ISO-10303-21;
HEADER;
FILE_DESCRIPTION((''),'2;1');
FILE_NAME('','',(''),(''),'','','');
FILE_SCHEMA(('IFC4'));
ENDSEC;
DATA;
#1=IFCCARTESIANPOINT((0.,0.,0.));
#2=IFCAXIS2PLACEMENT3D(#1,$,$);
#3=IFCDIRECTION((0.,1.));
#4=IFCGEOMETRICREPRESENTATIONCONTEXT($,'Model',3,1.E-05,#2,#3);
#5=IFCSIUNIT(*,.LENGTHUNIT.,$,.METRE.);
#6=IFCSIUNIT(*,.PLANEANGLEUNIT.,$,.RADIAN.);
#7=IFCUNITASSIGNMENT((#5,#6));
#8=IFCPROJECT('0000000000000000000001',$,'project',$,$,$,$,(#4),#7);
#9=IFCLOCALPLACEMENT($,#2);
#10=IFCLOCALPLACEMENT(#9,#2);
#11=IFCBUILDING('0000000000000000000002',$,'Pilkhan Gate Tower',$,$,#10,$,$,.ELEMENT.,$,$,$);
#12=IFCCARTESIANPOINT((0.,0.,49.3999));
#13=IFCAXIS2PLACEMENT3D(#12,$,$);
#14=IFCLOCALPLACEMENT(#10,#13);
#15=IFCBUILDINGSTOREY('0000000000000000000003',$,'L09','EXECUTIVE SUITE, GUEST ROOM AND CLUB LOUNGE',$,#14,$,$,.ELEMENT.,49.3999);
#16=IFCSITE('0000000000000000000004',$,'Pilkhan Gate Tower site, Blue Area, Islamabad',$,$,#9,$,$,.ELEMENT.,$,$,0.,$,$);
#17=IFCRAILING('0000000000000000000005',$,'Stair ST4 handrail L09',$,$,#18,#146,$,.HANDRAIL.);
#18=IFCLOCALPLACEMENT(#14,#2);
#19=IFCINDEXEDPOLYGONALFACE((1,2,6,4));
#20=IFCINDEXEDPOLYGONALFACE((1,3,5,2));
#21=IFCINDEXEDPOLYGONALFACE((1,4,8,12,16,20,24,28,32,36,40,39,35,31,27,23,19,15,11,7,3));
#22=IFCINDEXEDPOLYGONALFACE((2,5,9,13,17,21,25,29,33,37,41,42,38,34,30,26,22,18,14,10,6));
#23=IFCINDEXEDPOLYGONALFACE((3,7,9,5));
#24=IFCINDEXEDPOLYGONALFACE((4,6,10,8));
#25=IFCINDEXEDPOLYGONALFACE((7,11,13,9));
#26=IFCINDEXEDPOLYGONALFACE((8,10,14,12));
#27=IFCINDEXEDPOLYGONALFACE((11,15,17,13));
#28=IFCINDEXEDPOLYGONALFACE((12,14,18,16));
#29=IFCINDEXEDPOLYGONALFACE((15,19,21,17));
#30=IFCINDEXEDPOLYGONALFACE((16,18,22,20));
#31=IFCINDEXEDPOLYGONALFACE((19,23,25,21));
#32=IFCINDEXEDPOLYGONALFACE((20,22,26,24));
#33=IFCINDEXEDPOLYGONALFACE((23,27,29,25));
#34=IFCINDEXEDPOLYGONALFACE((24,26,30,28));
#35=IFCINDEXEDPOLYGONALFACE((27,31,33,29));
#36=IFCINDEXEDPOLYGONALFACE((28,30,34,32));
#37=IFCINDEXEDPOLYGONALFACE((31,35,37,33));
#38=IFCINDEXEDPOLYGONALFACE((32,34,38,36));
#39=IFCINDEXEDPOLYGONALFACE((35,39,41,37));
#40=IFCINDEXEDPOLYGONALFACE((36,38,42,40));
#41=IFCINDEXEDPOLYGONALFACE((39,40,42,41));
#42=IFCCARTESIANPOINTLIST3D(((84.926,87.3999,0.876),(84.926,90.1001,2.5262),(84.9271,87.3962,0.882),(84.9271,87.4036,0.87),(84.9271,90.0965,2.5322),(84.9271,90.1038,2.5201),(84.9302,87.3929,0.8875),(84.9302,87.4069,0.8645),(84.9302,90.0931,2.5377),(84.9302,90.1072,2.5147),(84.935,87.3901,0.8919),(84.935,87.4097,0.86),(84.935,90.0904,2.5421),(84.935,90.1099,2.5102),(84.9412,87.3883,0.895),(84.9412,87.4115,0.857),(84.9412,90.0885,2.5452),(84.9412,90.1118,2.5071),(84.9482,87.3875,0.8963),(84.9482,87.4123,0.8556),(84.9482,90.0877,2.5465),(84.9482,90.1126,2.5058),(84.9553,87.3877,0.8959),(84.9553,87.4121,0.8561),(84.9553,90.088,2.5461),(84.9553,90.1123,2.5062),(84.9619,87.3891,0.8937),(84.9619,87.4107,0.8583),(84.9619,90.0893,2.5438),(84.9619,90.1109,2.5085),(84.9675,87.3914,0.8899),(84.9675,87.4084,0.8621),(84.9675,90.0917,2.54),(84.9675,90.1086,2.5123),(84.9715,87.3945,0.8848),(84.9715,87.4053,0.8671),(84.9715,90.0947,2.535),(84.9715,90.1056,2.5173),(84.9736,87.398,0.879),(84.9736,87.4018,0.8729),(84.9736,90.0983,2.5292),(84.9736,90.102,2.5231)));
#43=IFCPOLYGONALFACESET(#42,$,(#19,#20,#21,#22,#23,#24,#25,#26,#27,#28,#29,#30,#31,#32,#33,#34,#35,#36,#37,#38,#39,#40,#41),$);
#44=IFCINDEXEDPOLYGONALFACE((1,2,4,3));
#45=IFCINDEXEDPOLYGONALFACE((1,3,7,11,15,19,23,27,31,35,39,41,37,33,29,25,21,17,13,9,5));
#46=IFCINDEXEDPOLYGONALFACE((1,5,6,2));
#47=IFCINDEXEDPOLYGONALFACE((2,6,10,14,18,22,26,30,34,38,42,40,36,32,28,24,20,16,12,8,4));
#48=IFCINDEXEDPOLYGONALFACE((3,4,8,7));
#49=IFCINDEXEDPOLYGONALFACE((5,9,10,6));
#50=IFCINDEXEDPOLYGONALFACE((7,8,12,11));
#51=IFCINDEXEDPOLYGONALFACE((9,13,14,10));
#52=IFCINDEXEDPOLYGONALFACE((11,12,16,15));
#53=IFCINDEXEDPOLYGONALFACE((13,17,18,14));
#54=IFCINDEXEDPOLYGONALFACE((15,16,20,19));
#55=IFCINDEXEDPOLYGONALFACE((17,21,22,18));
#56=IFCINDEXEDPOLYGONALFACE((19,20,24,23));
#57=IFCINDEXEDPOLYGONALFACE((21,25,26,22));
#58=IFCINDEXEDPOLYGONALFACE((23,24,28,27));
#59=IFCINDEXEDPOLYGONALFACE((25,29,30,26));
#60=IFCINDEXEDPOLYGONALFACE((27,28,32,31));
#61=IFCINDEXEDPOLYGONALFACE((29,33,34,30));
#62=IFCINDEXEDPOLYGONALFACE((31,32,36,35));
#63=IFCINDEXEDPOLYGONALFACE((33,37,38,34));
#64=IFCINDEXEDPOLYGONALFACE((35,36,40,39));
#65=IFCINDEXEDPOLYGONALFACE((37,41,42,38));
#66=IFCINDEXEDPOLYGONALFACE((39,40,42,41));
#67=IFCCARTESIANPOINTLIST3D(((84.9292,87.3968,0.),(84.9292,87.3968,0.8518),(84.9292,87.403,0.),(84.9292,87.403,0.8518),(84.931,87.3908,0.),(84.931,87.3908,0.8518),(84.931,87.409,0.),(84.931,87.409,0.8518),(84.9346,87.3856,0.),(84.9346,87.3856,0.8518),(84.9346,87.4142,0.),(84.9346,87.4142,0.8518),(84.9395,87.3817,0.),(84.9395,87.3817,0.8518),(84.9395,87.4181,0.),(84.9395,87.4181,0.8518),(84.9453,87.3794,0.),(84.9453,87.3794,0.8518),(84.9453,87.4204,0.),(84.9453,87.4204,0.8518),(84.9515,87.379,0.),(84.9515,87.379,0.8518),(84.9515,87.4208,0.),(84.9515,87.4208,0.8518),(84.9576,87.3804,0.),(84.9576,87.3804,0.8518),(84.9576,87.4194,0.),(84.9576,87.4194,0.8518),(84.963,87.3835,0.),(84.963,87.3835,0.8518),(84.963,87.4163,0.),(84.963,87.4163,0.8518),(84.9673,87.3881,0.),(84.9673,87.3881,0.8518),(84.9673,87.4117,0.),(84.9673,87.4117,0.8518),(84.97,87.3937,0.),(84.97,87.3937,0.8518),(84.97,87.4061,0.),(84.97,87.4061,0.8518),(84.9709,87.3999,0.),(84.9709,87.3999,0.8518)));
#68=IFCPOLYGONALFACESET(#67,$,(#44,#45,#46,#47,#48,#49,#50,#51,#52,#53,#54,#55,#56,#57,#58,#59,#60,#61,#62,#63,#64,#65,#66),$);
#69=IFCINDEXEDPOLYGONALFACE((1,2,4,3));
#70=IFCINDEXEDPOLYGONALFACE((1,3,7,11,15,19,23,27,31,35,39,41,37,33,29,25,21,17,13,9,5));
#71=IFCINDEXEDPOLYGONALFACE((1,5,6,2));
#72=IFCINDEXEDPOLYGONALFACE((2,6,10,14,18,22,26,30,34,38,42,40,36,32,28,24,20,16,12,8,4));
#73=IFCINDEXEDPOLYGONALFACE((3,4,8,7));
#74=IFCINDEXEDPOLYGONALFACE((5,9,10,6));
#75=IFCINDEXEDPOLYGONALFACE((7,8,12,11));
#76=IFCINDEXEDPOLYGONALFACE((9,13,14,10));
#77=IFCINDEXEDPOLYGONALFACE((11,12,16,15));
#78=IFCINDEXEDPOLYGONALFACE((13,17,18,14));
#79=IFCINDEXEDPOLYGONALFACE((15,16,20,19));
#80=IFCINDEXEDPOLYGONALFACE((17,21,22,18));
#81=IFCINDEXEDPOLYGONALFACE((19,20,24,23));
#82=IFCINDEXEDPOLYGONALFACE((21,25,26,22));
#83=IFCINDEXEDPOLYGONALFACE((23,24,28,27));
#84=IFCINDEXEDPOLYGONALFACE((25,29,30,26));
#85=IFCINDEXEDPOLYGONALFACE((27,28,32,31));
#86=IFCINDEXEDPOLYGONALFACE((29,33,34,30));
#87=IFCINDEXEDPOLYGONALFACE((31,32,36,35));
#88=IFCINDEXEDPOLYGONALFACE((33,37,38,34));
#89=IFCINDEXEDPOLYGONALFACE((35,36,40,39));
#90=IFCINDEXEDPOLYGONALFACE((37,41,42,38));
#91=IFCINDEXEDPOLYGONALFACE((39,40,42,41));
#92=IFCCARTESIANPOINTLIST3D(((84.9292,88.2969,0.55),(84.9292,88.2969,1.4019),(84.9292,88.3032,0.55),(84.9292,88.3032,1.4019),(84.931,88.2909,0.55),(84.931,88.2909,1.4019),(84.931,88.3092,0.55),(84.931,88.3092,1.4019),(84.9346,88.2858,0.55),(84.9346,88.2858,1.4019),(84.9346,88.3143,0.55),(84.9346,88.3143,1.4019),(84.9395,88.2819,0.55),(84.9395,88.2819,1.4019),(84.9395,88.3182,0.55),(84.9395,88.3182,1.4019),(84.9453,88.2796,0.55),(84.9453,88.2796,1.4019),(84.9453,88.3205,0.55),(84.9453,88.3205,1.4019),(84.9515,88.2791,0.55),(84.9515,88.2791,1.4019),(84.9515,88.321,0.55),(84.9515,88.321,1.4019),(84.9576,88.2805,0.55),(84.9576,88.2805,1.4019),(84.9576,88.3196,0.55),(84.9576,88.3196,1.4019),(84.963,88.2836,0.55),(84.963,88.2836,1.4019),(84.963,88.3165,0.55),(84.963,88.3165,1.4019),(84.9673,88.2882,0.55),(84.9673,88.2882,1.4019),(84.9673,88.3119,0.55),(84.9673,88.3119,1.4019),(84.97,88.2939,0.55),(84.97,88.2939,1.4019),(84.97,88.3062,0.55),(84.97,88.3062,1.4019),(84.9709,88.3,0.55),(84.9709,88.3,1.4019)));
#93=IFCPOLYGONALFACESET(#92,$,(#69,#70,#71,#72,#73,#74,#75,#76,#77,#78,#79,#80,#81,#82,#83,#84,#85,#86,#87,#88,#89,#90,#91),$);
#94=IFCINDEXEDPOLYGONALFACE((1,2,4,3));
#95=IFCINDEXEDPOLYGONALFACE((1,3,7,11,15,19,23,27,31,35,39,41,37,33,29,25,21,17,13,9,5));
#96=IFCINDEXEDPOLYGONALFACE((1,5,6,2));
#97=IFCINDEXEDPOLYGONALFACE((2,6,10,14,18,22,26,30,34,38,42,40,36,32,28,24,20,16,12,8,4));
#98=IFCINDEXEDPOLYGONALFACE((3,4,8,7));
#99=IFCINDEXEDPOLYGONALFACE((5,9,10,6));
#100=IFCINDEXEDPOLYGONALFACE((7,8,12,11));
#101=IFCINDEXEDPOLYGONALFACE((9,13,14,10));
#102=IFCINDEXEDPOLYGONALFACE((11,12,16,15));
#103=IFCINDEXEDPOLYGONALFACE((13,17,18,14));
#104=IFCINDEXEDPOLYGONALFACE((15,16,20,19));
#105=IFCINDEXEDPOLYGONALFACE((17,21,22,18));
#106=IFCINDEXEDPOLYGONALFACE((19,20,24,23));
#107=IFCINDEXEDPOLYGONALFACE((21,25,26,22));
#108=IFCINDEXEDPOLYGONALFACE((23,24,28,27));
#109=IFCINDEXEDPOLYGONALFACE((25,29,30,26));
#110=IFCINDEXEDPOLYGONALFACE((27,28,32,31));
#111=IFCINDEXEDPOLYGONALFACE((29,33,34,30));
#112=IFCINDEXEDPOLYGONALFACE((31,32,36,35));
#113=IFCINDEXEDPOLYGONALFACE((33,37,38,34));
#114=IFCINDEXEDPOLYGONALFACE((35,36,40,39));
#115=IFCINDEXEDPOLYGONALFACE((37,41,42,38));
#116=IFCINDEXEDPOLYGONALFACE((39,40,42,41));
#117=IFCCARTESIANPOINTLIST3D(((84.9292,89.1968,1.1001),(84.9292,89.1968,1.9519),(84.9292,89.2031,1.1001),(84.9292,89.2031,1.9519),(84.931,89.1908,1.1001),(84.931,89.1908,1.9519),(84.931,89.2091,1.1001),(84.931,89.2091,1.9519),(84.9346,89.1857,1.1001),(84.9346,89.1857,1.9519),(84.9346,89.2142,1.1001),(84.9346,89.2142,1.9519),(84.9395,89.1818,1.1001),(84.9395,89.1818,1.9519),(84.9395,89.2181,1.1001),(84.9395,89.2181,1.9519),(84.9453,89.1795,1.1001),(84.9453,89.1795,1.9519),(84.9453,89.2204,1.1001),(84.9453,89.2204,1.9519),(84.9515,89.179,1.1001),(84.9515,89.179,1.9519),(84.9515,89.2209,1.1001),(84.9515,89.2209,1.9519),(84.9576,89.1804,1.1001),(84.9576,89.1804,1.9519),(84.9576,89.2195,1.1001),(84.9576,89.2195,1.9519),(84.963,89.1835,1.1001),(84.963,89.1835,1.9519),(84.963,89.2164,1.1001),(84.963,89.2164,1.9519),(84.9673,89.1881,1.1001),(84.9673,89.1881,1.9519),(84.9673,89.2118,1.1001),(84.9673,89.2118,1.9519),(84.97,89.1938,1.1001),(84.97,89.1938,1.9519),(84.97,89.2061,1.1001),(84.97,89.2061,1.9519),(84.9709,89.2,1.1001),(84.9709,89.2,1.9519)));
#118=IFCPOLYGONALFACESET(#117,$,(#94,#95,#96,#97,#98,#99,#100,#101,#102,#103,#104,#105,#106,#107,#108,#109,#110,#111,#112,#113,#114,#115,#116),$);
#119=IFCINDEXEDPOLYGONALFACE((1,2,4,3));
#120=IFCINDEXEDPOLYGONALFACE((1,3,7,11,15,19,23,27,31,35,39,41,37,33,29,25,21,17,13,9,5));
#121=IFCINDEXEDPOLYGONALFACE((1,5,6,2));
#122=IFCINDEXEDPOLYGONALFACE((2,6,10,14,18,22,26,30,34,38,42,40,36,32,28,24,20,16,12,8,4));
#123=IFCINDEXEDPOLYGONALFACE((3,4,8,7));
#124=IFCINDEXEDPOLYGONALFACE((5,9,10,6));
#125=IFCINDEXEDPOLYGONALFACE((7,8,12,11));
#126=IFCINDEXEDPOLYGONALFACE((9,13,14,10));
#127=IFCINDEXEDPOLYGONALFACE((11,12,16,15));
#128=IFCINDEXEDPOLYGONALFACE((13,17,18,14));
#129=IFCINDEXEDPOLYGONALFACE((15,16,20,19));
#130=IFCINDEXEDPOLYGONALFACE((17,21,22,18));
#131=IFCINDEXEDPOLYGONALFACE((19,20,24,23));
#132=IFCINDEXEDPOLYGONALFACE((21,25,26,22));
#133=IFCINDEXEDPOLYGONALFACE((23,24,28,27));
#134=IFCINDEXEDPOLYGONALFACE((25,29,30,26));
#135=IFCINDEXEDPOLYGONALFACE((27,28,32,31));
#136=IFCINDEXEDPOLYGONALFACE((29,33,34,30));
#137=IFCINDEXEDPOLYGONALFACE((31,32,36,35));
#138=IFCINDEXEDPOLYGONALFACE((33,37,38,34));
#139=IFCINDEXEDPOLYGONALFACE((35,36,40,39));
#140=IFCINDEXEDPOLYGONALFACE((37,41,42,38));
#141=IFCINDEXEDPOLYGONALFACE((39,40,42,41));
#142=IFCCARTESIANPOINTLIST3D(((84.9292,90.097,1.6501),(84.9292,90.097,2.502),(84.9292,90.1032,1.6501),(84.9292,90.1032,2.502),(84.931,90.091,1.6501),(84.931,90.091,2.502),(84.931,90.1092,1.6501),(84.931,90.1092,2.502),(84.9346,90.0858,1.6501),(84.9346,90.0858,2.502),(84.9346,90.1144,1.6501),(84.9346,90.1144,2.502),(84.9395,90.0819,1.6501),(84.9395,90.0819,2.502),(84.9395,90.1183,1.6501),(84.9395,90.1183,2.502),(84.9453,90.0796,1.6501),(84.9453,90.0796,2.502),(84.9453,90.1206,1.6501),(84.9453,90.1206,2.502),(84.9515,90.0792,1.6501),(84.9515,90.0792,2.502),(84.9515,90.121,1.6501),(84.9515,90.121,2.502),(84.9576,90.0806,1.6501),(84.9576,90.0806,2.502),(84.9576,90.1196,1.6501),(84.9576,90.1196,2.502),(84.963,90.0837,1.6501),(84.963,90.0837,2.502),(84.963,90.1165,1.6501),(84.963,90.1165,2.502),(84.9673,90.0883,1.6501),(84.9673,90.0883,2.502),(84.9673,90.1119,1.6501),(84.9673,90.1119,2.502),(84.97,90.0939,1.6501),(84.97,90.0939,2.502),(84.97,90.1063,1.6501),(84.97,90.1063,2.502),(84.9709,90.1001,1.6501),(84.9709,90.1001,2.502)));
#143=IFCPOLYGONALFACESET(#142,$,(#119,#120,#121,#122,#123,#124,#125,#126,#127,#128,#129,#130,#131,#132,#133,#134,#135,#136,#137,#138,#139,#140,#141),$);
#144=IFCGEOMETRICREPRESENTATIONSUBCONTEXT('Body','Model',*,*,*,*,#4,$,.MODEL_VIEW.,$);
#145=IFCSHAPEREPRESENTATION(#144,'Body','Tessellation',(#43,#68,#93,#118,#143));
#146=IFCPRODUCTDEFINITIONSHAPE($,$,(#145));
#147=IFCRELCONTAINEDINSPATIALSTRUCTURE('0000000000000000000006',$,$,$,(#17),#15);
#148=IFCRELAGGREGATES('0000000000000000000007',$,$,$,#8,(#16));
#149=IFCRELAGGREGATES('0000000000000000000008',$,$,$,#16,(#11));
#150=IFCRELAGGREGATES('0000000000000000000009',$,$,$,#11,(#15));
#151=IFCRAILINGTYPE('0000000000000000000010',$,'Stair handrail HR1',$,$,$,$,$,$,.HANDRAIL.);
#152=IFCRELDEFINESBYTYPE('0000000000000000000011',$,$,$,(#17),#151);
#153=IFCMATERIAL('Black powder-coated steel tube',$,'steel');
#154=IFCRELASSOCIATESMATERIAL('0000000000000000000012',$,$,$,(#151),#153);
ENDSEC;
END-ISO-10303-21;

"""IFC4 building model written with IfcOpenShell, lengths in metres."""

from ifc_helpers import new_model, si_unit, direction, frame, origin, origin_2d, place, context, subcontext, project, spatial, circle, extrude, material, type_object, element, save


model = new_model("IFC4")

# Units and contexts
model_context = context("Model", 3, precision=1e-05, world=origin(), true_north=direction((0.0, 1.0)))
body_context = subcontext(model_context, "Body", "Model", "MODEL_VIEW")
ifc_project = project(units=[si_unit("LENGTHUNIT", "METRE"), si_unit("PLANEANGLEUNIT", "RADIAN")], contexts=[model_context])

# Site, building, storey
site_placement = place(None, origin())
site = spatial("IfcSite", under=ifc_project, at=site_placement, Name="Pilkhan Gate Tower site, Blue Area, Islamabad", CompositionType="ELEMENT", RefElevation=0.0)
building_placement = place(site_placement, origin())
building = spatial("IfcBuilding", under=site, at=building_placement, Name="Pilkhan Gate Tower", CompositionType="ELEMENT")
storey_placement = place(building_placement, frame((0.0, 0.0, 49.3999)))
storey = spatial("IfcBuildingStorey", under=building, at=storey_placement, Name="L09", Description="EXECUTIVE SUITE, GUEST ROOM AND CLUB LOUNGE", CompositionType="ELEMENT", Elevation=49.3999)

# Railing
ifc_material_1 = material(Name="Black powder-coated steel tube", Category="steel")
railing_type_1 = type_object("IfcRailingType", Name="Stair handrail HR1", PredefinedType="HANDRAIL", material=ifc_material_1)
railing_1_placement = place(storey_placement, frame((84.95, 87.3999, 0.0)))
element("IfcRailing", 1, at=railing_1_placement, inside=storey, type_object=railing_type_1, Name="Stair ST4 handrail L09", PredefinedType="HANDRAIL", context=body_context, shape_type="SweptSolid", body=[
    extrude(circle(Radius=0.0239, at=origin_2d()), frame((0.0, 0.0, 0.876), z_axis=(0.0, 0.853278, 0.521456), x_axis=(-1.0, 0.0, 0.0)), (0.0, 0.0, 1.0), 3.1646),
    extrude(circle(Radius=0.021, at=origin_2d()), origin(), (0.0, 0.0, 1.0), 0.8518),
    extrude(circle(Radius=0.021, at=origin_2d()), frame((0.0, 0.9001, 0.55)), (0.0, 0.0, 1.0), 0.8518),
    extrude(circle(Radius=0.021, at=origin_2d()), frame((0.0, 1.8, 1.1001)), (0.0, 0.0, 1.0), 0.8518),
    extrude(circle(Radius=0.021, at=origin_2d()), frame((0.0, 2.7002, 1.6501)), (0.0, 0.0, 1.0), 0.8518),
])

save(model, "model.ifc")
